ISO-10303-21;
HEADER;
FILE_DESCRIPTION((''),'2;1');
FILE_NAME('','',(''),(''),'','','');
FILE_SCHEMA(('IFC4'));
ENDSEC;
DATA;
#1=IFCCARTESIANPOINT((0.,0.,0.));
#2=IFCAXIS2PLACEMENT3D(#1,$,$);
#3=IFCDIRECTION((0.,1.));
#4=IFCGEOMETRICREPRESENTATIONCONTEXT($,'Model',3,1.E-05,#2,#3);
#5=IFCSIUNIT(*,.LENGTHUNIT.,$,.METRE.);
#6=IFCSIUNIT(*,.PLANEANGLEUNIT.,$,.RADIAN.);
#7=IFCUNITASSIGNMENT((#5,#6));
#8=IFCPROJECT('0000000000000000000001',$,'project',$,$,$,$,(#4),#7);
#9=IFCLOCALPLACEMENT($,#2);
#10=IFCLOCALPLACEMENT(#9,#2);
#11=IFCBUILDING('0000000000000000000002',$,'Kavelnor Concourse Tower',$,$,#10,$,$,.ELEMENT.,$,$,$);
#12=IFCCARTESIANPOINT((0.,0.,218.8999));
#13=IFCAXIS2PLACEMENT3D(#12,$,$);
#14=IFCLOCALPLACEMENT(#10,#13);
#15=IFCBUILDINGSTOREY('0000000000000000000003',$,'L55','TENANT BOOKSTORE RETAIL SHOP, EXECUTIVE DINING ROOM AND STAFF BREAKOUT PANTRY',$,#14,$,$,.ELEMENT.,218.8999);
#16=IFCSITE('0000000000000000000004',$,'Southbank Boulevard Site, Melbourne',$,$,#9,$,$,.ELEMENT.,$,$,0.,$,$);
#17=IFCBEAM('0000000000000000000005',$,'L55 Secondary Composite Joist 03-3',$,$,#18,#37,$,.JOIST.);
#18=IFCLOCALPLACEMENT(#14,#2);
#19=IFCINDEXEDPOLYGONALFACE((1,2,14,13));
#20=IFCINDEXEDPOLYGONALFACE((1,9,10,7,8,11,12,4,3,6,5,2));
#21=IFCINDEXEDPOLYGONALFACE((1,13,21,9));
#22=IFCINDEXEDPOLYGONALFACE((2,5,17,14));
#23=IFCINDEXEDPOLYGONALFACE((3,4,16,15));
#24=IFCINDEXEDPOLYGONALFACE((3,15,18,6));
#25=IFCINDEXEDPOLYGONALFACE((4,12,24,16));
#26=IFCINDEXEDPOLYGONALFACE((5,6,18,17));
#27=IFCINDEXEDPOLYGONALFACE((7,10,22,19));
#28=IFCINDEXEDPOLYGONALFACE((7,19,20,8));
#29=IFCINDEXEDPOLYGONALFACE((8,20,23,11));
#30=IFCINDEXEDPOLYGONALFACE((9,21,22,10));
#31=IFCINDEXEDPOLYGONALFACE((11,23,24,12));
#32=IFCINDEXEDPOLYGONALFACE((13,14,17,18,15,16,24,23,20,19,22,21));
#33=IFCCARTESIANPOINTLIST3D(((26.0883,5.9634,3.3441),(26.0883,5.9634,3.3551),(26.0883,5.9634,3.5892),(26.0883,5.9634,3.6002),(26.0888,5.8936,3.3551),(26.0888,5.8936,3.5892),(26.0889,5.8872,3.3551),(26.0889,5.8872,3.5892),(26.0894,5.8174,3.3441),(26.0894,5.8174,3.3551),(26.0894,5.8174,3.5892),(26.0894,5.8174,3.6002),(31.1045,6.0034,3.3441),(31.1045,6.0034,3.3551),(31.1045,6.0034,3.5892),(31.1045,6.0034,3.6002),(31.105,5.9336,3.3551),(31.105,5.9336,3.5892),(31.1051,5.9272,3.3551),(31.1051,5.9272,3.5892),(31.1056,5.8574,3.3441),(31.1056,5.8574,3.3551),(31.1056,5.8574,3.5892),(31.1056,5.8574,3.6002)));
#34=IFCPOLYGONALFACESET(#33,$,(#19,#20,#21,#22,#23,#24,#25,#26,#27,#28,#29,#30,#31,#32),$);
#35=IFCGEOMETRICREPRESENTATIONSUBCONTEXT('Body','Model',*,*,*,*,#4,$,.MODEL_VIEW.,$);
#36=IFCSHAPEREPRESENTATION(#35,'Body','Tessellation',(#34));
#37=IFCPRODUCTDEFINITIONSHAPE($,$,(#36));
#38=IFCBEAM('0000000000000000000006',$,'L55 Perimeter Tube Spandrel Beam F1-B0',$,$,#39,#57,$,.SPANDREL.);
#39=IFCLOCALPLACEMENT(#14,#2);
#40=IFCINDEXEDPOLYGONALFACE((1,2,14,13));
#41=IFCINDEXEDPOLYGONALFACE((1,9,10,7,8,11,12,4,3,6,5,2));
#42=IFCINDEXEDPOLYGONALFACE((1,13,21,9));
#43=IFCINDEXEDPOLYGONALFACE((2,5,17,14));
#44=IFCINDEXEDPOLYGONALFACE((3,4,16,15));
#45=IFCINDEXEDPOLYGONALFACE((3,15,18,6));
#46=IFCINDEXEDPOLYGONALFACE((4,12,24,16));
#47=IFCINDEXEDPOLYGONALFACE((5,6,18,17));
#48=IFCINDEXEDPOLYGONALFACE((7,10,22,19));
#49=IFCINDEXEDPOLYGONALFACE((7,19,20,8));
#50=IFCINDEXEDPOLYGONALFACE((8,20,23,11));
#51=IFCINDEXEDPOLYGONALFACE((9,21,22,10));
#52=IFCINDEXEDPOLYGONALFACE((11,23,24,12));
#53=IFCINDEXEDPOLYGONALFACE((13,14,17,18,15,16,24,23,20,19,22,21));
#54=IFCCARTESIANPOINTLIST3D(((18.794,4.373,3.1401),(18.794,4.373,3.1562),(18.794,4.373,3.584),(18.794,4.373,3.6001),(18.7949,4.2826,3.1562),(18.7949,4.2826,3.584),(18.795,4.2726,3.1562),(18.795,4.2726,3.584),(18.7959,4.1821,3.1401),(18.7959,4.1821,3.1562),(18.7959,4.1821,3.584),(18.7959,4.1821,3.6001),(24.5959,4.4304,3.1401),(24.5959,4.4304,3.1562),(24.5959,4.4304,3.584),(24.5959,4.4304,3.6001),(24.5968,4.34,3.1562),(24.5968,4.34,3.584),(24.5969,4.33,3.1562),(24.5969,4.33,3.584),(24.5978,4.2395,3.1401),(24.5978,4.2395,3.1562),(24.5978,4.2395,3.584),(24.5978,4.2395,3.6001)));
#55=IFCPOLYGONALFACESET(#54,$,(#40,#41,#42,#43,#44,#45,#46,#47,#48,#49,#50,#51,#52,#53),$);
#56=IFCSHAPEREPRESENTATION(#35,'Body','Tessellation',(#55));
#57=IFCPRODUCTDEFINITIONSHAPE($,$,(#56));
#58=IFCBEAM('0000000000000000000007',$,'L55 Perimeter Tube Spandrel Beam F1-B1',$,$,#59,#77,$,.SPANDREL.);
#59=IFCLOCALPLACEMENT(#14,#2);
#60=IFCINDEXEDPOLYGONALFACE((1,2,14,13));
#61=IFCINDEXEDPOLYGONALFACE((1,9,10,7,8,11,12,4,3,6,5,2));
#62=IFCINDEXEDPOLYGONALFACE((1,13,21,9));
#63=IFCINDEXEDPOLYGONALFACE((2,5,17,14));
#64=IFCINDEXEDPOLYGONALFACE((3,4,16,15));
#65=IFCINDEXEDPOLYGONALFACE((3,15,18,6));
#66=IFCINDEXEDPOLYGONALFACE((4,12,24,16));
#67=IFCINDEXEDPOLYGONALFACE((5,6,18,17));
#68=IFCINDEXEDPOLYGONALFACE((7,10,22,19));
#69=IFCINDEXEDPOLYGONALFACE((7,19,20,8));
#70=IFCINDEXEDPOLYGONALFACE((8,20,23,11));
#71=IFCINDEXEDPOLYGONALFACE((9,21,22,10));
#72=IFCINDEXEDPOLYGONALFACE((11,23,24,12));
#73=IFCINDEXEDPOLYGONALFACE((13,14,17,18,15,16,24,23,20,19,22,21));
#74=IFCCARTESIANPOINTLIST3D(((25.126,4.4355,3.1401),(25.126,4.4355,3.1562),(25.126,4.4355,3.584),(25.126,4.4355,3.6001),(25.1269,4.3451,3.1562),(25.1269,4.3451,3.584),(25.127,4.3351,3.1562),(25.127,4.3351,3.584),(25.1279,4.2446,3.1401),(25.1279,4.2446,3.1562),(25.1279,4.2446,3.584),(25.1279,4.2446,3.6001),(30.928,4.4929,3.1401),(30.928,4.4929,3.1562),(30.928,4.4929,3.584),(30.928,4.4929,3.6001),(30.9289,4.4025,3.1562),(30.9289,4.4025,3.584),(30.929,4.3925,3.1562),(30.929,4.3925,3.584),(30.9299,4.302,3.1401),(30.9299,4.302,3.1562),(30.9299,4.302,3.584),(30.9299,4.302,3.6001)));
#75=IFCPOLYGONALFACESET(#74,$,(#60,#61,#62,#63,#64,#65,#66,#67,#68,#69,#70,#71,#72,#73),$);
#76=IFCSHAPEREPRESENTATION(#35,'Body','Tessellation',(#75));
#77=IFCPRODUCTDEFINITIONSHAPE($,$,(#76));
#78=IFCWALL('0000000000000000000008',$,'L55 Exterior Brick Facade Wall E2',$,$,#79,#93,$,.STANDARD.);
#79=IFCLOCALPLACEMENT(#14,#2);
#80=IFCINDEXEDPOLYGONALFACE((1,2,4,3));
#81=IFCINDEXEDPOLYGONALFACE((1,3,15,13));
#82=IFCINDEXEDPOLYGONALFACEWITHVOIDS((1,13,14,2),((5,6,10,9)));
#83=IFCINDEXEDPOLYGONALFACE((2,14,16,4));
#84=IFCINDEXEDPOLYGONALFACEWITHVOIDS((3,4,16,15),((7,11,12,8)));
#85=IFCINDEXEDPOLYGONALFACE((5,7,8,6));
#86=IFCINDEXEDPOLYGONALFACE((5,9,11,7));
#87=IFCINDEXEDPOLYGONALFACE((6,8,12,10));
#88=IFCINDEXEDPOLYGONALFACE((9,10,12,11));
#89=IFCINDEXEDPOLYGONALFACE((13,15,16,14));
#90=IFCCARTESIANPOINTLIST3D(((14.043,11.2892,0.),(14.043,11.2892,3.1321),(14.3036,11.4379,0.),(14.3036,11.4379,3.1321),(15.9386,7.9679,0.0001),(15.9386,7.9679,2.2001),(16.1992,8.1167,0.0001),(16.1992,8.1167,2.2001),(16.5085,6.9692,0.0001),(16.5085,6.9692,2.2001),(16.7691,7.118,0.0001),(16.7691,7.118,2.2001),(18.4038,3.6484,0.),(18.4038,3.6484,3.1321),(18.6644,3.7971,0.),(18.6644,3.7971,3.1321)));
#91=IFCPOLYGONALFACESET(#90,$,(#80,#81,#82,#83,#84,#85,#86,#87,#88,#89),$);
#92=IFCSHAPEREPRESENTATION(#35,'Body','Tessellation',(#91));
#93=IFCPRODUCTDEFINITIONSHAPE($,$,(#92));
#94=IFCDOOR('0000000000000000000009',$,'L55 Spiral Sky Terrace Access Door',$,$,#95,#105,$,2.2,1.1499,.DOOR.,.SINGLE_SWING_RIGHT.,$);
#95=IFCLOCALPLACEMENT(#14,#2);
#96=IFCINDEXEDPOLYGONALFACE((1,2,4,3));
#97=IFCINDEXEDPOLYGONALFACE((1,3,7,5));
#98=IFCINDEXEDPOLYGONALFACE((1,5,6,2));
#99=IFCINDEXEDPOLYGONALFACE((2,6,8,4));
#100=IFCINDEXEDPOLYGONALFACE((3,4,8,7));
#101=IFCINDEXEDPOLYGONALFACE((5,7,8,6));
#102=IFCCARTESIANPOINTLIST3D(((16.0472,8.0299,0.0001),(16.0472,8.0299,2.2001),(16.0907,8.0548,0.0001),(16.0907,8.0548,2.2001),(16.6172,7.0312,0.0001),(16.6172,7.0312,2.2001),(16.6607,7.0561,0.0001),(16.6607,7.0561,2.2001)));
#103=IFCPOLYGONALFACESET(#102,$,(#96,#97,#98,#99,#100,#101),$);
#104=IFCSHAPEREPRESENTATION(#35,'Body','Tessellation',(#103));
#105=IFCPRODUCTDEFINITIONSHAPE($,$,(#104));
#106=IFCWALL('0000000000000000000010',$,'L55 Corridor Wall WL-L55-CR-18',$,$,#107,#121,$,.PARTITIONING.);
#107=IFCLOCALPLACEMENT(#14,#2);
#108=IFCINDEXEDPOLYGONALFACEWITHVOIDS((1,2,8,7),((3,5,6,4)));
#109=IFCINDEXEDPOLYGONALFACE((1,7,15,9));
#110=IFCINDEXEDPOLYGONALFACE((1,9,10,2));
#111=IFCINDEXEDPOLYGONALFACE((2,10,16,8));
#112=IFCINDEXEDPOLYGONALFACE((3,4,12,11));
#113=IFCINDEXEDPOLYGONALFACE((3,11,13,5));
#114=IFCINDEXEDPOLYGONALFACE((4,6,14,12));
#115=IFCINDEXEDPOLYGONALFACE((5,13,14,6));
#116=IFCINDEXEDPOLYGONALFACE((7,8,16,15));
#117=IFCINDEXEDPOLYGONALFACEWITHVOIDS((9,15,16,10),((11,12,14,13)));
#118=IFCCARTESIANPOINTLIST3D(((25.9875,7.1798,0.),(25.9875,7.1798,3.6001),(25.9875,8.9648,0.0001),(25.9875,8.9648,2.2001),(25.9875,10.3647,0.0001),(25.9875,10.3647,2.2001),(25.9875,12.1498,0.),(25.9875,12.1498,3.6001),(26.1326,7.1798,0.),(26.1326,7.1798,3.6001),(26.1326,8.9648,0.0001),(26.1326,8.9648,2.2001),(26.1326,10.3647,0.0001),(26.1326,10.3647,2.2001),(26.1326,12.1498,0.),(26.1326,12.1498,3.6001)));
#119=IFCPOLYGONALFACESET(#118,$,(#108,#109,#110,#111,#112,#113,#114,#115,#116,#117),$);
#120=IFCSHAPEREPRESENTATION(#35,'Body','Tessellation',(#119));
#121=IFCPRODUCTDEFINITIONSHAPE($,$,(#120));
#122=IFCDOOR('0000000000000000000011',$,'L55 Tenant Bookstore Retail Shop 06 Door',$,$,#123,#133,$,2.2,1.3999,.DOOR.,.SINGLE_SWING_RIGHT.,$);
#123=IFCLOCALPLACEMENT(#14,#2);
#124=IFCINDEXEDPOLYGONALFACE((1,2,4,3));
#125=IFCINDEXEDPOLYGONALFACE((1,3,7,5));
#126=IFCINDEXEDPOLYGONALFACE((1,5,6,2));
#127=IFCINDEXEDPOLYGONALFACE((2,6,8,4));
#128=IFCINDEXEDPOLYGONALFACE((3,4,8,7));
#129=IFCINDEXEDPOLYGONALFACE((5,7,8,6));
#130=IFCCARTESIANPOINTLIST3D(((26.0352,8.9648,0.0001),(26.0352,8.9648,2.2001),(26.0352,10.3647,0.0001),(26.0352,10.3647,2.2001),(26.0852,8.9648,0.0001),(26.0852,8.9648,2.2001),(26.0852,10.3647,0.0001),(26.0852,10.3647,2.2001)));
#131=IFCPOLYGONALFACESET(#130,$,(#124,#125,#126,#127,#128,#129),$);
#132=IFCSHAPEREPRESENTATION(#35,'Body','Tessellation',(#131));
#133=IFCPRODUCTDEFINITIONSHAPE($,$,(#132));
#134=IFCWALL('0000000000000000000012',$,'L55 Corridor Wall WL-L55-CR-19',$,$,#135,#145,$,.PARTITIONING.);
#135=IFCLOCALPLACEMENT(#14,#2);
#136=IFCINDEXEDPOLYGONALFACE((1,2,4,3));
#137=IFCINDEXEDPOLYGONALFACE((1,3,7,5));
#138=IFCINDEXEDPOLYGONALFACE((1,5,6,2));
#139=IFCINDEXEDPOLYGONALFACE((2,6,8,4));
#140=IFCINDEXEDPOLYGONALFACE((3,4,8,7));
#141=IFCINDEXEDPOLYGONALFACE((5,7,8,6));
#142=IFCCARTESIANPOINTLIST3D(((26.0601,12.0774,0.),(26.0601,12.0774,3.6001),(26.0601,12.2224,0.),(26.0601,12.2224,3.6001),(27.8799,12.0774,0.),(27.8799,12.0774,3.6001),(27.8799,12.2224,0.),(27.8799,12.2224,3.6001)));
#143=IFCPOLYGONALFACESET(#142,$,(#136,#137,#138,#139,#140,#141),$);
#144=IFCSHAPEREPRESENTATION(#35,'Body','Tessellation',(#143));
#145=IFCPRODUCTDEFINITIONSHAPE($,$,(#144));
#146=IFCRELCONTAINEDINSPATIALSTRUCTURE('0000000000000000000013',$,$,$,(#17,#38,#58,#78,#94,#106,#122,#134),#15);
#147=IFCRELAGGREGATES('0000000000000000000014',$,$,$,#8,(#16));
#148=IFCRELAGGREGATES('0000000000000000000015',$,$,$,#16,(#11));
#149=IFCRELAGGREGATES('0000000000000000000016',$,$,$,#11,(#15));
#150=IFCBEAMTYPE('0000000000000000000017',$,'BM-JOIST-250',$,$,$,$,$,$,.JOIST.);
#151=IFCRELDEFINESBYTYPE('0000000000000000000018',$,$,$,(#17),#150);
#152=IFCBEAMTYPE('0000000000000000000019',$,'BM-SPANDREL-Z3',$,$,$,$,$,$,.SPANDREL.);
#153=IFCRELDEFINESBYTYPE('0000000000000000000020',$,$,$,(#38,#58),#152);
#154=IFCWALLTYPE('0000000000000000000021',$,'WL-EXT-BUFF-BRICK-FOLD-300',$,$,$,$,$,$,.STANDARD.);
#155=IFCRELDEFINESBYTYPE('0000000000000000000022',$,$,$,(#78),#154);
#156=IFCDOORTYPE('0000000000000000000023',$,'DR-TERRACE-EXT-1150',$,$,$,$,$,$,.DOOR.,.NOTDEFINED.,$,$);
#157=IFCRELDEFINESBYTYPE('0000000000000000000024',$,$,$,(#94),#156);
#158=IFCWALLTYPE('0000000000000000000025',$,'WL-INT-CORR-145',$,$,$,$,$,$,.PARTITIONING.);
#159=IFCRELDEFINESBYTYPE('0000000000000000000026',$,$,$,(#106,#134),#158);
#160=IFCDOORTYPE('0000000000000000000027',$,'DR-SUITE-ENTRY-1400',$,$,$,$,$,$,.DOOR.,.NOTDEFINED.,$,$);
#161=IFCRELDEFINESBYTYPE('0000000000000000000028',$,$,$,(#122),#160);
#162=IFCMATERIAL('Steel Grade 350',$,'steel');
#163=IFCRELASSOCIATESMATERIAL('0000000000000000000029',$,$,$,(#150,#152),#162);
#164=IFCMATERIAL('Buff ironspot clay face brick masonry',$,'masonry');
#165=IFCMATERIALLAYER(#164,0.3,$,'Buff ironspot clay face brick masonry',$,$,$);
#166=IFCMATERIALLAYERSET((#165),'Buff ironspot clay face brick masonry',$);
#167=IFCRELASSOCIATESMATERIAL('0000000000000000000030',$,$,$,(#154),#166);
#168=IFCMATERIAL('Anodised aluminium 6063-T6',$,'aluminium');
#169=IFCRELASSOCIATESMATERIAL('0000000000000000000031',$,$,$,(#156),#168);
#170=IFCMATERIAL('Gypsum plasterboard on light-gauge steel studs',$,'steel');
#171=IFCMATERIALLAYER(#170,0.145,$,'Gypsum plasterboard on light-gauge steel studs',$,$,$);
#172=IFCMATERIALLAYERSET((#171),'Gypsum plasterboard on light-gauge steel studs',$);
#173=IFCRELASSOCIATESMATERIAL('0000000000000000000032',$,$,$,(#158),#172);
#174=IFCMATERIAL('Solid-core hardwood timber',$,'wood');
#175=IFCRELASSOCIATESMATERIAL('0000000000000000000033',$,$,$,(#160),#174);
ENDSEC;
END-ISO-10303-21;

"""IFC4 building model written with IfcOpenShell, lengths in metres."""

from ifc_helpers import new_model, si_unit, direction, frame, frame_2d, origin, origin_2d, place, context, subcontext, project, spatial, rectangle, i_section, extrude, material, layer, layer_set, material_profile, profile_set, type_object, element, fill, save


model = new_model("IFC4")

# Units and contexts
model_context = context("Model", 3, precision=1e-05, world=origin(), true_north=direction((0.0, 1.0)))
body_context = subcontext(model_context, "Body", "Model", "MODEL_VIEW")
ifc_project = project(units=[si_unit("LENGTHUNIT", "METRE"), si_unit("PLANEANGLEUNIT", "RADIAN")], contexts=[model_context])

# Site, building, storey
site_placement = place(None, origin())
site = spatial("IfcSite", under=ifc_project, at=site_placement, Name="Southbank Boulevard Site, Melbourne", CompositionType="ELEMENT", RefElevation=0.0)
building_placement = place(site_placement, origin())
building = spatial("IfcBuilding", under=site, at=building_placement, Name="Kavelnor Concourse Tower", CompositionType="ELEMENT")
storey_placement = place(building_placement, frame((0.0, 0.0, 218.8999)))
storey = spatial("IfcBuildingStorey", under=building, at=storey_placement, Name="L55", Description="TENANT BOOKSTORE RETAIL SHOP, EXECUTIVE DINING ROOM AND STAFF BREAKOUT PANTRY", CompositionType="ELEMENT", Elevation=218.8999)

# Shared definitions
ifc_material_1 = material(Name="Steel Grade 350", Category="steel")

# Beams
ifc_material_profile_1 = material_profile(ifc_material_1, i_section(OverallWidth=0.146, OverallDepth=0.2561, WebThickness=0.0063, FlangeThickness=0.011, at=origin_2d()), Name="250UB37")
ifc_profile_set_1 = profile_set([ifc_material_profile_1], Name="Steel Grade 350")
beam_type_1 = type_object("IfcBeamType", Name="BM-JOIST-250", PredefinedType="JOIST", material=ifc_profile_set_1)
beam_1_placement = place(storey_placement, frame((26.0889, 5.8904, 3.4722), z_axis=(0.999968, 0.007982, 0.0), x_axis=(-0.007982, 0.999968, 0.0)))
element("IfcBeam", 1, at=beam_1_placement, inside=storey, type_object=beam_type_1, Name="L55 Secondary Composite Joist 03-3", PredefinedType="JOIST", context=body_context, shape_type="SweptSolid", body=[
    extrude(i_section(OverallWidth=0.146, OverallDepth=0.2561, WebThickness=0.0063, FlangeThickness=0.011, at=origin_2d()), origin(), (0.0, 0.0, 1.0), 5.0164),
])
ifc_material_profile_2 = material_profile(ifc_material_1, i_section(OverallWidth=0.1909, OverallDepth=0.46, WebThickness=0.01, FlangeThickness=0.0161, at=origin_2d()), Name="460UB82")
ifc_profile_set_2 = profile_set([ifc_material_profile_2], Name="Steel Grade 350")
beam_type_2 = type_object("IfcBeamType", Name="BM-SPANDREL-Z3", PredefinedType="SPANDREL", material=ifc_profile_set_2)
for number, where, z_axis, x_axis, name in (
    (2, (18.7949, 4.2776, 3.3701), (0.999951, 0.009888, 0.0), (-0.009888, 0.999951, 0.0), "L55 Perimeter Tube Spandrel Beam F1-B0"),
    (3, (25.127, 4.3401, 3.3701), (0.999951, 0.009888, 0.0), (-0.009888, 0.999951, 0.0), "L55 Perimeter Tube Spandrel Beam F1-B1"),
):
    element("IfcBeam", number, at=place(storey_placement, frame(where, z_axis=z_axis, x_axis=x_axis)), inside=storey, type_object=beam_type_2, Name=name, PredefinedType="SPANDREL", context=body_context, shape_type="SweptSolid", body=[
        extrude(i_section(OverallWidth=0.1909, OverallDepth=0.46, WebThickness=0.01, FlangeThickness=0.0161, at=origin_2d()), origin(), (0.0, 0.0, 1.0), 5.8022),
    ])

# Walls, openings, doors
ifc_material_2 = material(Name="Buff ironspot clay face brick masonry", Category="masonry")
ifc_layer_1 = layer(ifc_material_2, 0.3, Name="Buff ironspot clay face brick masonry")
ifc_layer_set_1 = layer_set([ifc_layer_1], Name="Buff ironspot clay face brick masonry")
wall_type_1 = type_object("IfcWallType", Name="WL-EXT-BUFF-BRICK-FOLD-300", PredefinedType="STANDARD", material=ifc_layer_set_1)
wall_1_placement = place(storey_placement, frame((18.5342, 3.7227, 0.0), z_axis=(0.0, 0.0, 1.0), x_axis=(-0.495679, 0.868506, 0.0)))
wall_1 = element("IfcWall", 4, at=wall_1_placement, inside=storey, type_object=wall_type_1, Name="L55 Exterior Brick Facade Wall E2", PredefinedType="STANDARD", context=body_context, shape_type="SweptSolid", body=[
    extrude(rectangle(XDim=8.7976, YDim=0.3, at=frame_2d((4.3989, 0.0))), origin(), (0.0, 0.0, 1.0), 3.1321),
])
opening_1_placement = place(wall_1_placement, frame((3.8237, 0.0, 0.0)))
opening_1 = element("IfcOpeningElement", 5, at=opening_1_placement, cuts=wall_1, PredefinedType="OPENING", context=body_context, shape_type="SweptSolid", body=[
    extrude(rectangle(XDim=1.1499, YDim=2.2, at=frame_2d((0.575, 1.1001))), frame((0.0, 0.1602, 0.0), z_axis=(0.0, -1.0, 0.0), x_axis=(1.0, 0.0, 0.0)), (0.0, 0.0, 1.0), 0.3201),
])
ifc_material_3 = material(Name="Anodised aluminium 6063-T6", Category="aluminium")
door_type_1 = type_object("IfcDoorType", Name="DR-TERRACE-EXT-1150", OperationType="NOTDEFINED", PredefinedType="DOOR", material=ifc_material_3)
door_1_placement = place(opening_1_placement, origin())
door_1 = element("IfcDoor", 6, at=door_1_placement, inside=storey, type_object=door_type_1, Name="L55 Spiral Sky Terrace Access Door", OperationType="SINGLE_SWING_RIGHT", OverallHeight=2.2, OverallWidth=1.1499, PredefinedType="DOOR", context=body_context, shape_type="SweptSolid", body=[
    extrude(rectangle(XDim=1.1499, YDim=2.2, at=frame_2d((0.575, 1.1001))), frame((0.0, 0.0249, 0.0), z_axis=(0.0, -1.0, 0.0), x_axis=(1.0, 0.0, 0.0)), (0.0, 0.0, 1.0), 0.05),
])
fill(opening_1, door_1)
ifc_material_4 = material(Name="Gypsum plasterboard on light-gauge steel studs", Category="steel")
ifc_layer_2 = layer(ifc_material_4, 0.145, Name="Gypsum plasterboard on light-gauge steel studs")
ifc_layer_set_2 = layer_set([ifc_layer_2], Name="Gypsum plasterboard on light-gauge steel studs")
wall_type_2 = type_object("IfcWallType", Name="WL-INT-CORR-145", PredefinedType="PARTITIONING", material=ifc_layer_set_2)
wall_2_placement = place(storey_placement, frame((26.0601, 7.1799, 0.0), z_axis=(0.0, 0.0, 1.0), x_axis=(0.0, 1.0, 0.0)))
wall_2 = element("IfcWall", 7, at=wall_2_placement, inside=storey, type_object=wall_type_2, Name="L55 Corridor Wall WL-L55-CR-18", PredefinedType="PARTITIONING", context=body_context, shape_type="SweptSolid", body=[
    extrude(rectangle(XDim=4.97, YDim=0.145, at=frame_2d((2.4849, 0.0))), origin(), (0.0, 0.0, 1.0), 3.6001),
])
opening_2_placement = place(wall_2_placement, frame((1.7849, 0.0, 0.0)))
opening_2 = element("IfcOpeningElement", 8, at=opening_2_placement, cuts=wall_2, PredefinedType="OPENING", context=body_context, shape_type="SweptSolid", body=[
    extrude(rectangle(XDim=1.3999, YDim=2.2, at=frame_2d((0.7, 1.1001))), frame((0.0, 0.0825, 0.0), z_axis=(0.0, -1.0, 0.0), x_axis=(1.0, 0.0, 0.0)), (0.0, 0.0, 1.0), 0.165),
])
ifc_material_5 = material(Name="Solid-core hardwood timber", Category="wood")
door_type_2 = type_object("IfcDoorType", Name="DR-SUITE-ENTRY-1400", OperationType="NOTDEFINED", PredefinedType="DOOR", material=ifc_material_5)
door_2_placement = place(opening_2_placement, origin())
door_2 = element("IfcDoor", 9, at=door_2_placement, inside=storey, type_object=door_type_2, Name="L55 Tenant Bookstore Retail Shop 06 Door", OperationType="SINGLE_SWING_RIGHT", OverallHeight=2.2, OverallWidth=1.3999, PredefinedType="DOOR", context=body_context, shape_type="SweptSolid", body=[
    extrude(rectangle(XDim=1.3999, YDim=2.2, at=frame_2d((0.7, 1.1001))), frame((0.0, 0.0249, 0.0), z_axis=(0.0, -1.0, 0.0), x_axis=(1.0, 0.0, 0.0)), (0.0, 0.0, 1.0), 0.05),
])
fill(opening_2, door_2)

# Wall
wall_3_placement = place(storey_placement, frame((26.0601, 12.1499, 0.0), z_axis=(0.0, 0.0, 1.0), x_axis=(1.0, 0.0, 0.0)))
element("IfcWall", 10, at=wall_3_placement, inside=storey, type_object=wall_type_2, Name="L55 Corridor Wall WL-L55-CR-19", PredefinedType="PARTITIONING", context=body_context, shape_type="SweptSolid", body=[
    extrude(rectangle(XDim=1.8198, YDim=0.145, at=frame_2d((0.9099, 0.0))), origin(), (0.0, 0.0, 1.0), 3.6001),
])

save(model, "model.ifc")
